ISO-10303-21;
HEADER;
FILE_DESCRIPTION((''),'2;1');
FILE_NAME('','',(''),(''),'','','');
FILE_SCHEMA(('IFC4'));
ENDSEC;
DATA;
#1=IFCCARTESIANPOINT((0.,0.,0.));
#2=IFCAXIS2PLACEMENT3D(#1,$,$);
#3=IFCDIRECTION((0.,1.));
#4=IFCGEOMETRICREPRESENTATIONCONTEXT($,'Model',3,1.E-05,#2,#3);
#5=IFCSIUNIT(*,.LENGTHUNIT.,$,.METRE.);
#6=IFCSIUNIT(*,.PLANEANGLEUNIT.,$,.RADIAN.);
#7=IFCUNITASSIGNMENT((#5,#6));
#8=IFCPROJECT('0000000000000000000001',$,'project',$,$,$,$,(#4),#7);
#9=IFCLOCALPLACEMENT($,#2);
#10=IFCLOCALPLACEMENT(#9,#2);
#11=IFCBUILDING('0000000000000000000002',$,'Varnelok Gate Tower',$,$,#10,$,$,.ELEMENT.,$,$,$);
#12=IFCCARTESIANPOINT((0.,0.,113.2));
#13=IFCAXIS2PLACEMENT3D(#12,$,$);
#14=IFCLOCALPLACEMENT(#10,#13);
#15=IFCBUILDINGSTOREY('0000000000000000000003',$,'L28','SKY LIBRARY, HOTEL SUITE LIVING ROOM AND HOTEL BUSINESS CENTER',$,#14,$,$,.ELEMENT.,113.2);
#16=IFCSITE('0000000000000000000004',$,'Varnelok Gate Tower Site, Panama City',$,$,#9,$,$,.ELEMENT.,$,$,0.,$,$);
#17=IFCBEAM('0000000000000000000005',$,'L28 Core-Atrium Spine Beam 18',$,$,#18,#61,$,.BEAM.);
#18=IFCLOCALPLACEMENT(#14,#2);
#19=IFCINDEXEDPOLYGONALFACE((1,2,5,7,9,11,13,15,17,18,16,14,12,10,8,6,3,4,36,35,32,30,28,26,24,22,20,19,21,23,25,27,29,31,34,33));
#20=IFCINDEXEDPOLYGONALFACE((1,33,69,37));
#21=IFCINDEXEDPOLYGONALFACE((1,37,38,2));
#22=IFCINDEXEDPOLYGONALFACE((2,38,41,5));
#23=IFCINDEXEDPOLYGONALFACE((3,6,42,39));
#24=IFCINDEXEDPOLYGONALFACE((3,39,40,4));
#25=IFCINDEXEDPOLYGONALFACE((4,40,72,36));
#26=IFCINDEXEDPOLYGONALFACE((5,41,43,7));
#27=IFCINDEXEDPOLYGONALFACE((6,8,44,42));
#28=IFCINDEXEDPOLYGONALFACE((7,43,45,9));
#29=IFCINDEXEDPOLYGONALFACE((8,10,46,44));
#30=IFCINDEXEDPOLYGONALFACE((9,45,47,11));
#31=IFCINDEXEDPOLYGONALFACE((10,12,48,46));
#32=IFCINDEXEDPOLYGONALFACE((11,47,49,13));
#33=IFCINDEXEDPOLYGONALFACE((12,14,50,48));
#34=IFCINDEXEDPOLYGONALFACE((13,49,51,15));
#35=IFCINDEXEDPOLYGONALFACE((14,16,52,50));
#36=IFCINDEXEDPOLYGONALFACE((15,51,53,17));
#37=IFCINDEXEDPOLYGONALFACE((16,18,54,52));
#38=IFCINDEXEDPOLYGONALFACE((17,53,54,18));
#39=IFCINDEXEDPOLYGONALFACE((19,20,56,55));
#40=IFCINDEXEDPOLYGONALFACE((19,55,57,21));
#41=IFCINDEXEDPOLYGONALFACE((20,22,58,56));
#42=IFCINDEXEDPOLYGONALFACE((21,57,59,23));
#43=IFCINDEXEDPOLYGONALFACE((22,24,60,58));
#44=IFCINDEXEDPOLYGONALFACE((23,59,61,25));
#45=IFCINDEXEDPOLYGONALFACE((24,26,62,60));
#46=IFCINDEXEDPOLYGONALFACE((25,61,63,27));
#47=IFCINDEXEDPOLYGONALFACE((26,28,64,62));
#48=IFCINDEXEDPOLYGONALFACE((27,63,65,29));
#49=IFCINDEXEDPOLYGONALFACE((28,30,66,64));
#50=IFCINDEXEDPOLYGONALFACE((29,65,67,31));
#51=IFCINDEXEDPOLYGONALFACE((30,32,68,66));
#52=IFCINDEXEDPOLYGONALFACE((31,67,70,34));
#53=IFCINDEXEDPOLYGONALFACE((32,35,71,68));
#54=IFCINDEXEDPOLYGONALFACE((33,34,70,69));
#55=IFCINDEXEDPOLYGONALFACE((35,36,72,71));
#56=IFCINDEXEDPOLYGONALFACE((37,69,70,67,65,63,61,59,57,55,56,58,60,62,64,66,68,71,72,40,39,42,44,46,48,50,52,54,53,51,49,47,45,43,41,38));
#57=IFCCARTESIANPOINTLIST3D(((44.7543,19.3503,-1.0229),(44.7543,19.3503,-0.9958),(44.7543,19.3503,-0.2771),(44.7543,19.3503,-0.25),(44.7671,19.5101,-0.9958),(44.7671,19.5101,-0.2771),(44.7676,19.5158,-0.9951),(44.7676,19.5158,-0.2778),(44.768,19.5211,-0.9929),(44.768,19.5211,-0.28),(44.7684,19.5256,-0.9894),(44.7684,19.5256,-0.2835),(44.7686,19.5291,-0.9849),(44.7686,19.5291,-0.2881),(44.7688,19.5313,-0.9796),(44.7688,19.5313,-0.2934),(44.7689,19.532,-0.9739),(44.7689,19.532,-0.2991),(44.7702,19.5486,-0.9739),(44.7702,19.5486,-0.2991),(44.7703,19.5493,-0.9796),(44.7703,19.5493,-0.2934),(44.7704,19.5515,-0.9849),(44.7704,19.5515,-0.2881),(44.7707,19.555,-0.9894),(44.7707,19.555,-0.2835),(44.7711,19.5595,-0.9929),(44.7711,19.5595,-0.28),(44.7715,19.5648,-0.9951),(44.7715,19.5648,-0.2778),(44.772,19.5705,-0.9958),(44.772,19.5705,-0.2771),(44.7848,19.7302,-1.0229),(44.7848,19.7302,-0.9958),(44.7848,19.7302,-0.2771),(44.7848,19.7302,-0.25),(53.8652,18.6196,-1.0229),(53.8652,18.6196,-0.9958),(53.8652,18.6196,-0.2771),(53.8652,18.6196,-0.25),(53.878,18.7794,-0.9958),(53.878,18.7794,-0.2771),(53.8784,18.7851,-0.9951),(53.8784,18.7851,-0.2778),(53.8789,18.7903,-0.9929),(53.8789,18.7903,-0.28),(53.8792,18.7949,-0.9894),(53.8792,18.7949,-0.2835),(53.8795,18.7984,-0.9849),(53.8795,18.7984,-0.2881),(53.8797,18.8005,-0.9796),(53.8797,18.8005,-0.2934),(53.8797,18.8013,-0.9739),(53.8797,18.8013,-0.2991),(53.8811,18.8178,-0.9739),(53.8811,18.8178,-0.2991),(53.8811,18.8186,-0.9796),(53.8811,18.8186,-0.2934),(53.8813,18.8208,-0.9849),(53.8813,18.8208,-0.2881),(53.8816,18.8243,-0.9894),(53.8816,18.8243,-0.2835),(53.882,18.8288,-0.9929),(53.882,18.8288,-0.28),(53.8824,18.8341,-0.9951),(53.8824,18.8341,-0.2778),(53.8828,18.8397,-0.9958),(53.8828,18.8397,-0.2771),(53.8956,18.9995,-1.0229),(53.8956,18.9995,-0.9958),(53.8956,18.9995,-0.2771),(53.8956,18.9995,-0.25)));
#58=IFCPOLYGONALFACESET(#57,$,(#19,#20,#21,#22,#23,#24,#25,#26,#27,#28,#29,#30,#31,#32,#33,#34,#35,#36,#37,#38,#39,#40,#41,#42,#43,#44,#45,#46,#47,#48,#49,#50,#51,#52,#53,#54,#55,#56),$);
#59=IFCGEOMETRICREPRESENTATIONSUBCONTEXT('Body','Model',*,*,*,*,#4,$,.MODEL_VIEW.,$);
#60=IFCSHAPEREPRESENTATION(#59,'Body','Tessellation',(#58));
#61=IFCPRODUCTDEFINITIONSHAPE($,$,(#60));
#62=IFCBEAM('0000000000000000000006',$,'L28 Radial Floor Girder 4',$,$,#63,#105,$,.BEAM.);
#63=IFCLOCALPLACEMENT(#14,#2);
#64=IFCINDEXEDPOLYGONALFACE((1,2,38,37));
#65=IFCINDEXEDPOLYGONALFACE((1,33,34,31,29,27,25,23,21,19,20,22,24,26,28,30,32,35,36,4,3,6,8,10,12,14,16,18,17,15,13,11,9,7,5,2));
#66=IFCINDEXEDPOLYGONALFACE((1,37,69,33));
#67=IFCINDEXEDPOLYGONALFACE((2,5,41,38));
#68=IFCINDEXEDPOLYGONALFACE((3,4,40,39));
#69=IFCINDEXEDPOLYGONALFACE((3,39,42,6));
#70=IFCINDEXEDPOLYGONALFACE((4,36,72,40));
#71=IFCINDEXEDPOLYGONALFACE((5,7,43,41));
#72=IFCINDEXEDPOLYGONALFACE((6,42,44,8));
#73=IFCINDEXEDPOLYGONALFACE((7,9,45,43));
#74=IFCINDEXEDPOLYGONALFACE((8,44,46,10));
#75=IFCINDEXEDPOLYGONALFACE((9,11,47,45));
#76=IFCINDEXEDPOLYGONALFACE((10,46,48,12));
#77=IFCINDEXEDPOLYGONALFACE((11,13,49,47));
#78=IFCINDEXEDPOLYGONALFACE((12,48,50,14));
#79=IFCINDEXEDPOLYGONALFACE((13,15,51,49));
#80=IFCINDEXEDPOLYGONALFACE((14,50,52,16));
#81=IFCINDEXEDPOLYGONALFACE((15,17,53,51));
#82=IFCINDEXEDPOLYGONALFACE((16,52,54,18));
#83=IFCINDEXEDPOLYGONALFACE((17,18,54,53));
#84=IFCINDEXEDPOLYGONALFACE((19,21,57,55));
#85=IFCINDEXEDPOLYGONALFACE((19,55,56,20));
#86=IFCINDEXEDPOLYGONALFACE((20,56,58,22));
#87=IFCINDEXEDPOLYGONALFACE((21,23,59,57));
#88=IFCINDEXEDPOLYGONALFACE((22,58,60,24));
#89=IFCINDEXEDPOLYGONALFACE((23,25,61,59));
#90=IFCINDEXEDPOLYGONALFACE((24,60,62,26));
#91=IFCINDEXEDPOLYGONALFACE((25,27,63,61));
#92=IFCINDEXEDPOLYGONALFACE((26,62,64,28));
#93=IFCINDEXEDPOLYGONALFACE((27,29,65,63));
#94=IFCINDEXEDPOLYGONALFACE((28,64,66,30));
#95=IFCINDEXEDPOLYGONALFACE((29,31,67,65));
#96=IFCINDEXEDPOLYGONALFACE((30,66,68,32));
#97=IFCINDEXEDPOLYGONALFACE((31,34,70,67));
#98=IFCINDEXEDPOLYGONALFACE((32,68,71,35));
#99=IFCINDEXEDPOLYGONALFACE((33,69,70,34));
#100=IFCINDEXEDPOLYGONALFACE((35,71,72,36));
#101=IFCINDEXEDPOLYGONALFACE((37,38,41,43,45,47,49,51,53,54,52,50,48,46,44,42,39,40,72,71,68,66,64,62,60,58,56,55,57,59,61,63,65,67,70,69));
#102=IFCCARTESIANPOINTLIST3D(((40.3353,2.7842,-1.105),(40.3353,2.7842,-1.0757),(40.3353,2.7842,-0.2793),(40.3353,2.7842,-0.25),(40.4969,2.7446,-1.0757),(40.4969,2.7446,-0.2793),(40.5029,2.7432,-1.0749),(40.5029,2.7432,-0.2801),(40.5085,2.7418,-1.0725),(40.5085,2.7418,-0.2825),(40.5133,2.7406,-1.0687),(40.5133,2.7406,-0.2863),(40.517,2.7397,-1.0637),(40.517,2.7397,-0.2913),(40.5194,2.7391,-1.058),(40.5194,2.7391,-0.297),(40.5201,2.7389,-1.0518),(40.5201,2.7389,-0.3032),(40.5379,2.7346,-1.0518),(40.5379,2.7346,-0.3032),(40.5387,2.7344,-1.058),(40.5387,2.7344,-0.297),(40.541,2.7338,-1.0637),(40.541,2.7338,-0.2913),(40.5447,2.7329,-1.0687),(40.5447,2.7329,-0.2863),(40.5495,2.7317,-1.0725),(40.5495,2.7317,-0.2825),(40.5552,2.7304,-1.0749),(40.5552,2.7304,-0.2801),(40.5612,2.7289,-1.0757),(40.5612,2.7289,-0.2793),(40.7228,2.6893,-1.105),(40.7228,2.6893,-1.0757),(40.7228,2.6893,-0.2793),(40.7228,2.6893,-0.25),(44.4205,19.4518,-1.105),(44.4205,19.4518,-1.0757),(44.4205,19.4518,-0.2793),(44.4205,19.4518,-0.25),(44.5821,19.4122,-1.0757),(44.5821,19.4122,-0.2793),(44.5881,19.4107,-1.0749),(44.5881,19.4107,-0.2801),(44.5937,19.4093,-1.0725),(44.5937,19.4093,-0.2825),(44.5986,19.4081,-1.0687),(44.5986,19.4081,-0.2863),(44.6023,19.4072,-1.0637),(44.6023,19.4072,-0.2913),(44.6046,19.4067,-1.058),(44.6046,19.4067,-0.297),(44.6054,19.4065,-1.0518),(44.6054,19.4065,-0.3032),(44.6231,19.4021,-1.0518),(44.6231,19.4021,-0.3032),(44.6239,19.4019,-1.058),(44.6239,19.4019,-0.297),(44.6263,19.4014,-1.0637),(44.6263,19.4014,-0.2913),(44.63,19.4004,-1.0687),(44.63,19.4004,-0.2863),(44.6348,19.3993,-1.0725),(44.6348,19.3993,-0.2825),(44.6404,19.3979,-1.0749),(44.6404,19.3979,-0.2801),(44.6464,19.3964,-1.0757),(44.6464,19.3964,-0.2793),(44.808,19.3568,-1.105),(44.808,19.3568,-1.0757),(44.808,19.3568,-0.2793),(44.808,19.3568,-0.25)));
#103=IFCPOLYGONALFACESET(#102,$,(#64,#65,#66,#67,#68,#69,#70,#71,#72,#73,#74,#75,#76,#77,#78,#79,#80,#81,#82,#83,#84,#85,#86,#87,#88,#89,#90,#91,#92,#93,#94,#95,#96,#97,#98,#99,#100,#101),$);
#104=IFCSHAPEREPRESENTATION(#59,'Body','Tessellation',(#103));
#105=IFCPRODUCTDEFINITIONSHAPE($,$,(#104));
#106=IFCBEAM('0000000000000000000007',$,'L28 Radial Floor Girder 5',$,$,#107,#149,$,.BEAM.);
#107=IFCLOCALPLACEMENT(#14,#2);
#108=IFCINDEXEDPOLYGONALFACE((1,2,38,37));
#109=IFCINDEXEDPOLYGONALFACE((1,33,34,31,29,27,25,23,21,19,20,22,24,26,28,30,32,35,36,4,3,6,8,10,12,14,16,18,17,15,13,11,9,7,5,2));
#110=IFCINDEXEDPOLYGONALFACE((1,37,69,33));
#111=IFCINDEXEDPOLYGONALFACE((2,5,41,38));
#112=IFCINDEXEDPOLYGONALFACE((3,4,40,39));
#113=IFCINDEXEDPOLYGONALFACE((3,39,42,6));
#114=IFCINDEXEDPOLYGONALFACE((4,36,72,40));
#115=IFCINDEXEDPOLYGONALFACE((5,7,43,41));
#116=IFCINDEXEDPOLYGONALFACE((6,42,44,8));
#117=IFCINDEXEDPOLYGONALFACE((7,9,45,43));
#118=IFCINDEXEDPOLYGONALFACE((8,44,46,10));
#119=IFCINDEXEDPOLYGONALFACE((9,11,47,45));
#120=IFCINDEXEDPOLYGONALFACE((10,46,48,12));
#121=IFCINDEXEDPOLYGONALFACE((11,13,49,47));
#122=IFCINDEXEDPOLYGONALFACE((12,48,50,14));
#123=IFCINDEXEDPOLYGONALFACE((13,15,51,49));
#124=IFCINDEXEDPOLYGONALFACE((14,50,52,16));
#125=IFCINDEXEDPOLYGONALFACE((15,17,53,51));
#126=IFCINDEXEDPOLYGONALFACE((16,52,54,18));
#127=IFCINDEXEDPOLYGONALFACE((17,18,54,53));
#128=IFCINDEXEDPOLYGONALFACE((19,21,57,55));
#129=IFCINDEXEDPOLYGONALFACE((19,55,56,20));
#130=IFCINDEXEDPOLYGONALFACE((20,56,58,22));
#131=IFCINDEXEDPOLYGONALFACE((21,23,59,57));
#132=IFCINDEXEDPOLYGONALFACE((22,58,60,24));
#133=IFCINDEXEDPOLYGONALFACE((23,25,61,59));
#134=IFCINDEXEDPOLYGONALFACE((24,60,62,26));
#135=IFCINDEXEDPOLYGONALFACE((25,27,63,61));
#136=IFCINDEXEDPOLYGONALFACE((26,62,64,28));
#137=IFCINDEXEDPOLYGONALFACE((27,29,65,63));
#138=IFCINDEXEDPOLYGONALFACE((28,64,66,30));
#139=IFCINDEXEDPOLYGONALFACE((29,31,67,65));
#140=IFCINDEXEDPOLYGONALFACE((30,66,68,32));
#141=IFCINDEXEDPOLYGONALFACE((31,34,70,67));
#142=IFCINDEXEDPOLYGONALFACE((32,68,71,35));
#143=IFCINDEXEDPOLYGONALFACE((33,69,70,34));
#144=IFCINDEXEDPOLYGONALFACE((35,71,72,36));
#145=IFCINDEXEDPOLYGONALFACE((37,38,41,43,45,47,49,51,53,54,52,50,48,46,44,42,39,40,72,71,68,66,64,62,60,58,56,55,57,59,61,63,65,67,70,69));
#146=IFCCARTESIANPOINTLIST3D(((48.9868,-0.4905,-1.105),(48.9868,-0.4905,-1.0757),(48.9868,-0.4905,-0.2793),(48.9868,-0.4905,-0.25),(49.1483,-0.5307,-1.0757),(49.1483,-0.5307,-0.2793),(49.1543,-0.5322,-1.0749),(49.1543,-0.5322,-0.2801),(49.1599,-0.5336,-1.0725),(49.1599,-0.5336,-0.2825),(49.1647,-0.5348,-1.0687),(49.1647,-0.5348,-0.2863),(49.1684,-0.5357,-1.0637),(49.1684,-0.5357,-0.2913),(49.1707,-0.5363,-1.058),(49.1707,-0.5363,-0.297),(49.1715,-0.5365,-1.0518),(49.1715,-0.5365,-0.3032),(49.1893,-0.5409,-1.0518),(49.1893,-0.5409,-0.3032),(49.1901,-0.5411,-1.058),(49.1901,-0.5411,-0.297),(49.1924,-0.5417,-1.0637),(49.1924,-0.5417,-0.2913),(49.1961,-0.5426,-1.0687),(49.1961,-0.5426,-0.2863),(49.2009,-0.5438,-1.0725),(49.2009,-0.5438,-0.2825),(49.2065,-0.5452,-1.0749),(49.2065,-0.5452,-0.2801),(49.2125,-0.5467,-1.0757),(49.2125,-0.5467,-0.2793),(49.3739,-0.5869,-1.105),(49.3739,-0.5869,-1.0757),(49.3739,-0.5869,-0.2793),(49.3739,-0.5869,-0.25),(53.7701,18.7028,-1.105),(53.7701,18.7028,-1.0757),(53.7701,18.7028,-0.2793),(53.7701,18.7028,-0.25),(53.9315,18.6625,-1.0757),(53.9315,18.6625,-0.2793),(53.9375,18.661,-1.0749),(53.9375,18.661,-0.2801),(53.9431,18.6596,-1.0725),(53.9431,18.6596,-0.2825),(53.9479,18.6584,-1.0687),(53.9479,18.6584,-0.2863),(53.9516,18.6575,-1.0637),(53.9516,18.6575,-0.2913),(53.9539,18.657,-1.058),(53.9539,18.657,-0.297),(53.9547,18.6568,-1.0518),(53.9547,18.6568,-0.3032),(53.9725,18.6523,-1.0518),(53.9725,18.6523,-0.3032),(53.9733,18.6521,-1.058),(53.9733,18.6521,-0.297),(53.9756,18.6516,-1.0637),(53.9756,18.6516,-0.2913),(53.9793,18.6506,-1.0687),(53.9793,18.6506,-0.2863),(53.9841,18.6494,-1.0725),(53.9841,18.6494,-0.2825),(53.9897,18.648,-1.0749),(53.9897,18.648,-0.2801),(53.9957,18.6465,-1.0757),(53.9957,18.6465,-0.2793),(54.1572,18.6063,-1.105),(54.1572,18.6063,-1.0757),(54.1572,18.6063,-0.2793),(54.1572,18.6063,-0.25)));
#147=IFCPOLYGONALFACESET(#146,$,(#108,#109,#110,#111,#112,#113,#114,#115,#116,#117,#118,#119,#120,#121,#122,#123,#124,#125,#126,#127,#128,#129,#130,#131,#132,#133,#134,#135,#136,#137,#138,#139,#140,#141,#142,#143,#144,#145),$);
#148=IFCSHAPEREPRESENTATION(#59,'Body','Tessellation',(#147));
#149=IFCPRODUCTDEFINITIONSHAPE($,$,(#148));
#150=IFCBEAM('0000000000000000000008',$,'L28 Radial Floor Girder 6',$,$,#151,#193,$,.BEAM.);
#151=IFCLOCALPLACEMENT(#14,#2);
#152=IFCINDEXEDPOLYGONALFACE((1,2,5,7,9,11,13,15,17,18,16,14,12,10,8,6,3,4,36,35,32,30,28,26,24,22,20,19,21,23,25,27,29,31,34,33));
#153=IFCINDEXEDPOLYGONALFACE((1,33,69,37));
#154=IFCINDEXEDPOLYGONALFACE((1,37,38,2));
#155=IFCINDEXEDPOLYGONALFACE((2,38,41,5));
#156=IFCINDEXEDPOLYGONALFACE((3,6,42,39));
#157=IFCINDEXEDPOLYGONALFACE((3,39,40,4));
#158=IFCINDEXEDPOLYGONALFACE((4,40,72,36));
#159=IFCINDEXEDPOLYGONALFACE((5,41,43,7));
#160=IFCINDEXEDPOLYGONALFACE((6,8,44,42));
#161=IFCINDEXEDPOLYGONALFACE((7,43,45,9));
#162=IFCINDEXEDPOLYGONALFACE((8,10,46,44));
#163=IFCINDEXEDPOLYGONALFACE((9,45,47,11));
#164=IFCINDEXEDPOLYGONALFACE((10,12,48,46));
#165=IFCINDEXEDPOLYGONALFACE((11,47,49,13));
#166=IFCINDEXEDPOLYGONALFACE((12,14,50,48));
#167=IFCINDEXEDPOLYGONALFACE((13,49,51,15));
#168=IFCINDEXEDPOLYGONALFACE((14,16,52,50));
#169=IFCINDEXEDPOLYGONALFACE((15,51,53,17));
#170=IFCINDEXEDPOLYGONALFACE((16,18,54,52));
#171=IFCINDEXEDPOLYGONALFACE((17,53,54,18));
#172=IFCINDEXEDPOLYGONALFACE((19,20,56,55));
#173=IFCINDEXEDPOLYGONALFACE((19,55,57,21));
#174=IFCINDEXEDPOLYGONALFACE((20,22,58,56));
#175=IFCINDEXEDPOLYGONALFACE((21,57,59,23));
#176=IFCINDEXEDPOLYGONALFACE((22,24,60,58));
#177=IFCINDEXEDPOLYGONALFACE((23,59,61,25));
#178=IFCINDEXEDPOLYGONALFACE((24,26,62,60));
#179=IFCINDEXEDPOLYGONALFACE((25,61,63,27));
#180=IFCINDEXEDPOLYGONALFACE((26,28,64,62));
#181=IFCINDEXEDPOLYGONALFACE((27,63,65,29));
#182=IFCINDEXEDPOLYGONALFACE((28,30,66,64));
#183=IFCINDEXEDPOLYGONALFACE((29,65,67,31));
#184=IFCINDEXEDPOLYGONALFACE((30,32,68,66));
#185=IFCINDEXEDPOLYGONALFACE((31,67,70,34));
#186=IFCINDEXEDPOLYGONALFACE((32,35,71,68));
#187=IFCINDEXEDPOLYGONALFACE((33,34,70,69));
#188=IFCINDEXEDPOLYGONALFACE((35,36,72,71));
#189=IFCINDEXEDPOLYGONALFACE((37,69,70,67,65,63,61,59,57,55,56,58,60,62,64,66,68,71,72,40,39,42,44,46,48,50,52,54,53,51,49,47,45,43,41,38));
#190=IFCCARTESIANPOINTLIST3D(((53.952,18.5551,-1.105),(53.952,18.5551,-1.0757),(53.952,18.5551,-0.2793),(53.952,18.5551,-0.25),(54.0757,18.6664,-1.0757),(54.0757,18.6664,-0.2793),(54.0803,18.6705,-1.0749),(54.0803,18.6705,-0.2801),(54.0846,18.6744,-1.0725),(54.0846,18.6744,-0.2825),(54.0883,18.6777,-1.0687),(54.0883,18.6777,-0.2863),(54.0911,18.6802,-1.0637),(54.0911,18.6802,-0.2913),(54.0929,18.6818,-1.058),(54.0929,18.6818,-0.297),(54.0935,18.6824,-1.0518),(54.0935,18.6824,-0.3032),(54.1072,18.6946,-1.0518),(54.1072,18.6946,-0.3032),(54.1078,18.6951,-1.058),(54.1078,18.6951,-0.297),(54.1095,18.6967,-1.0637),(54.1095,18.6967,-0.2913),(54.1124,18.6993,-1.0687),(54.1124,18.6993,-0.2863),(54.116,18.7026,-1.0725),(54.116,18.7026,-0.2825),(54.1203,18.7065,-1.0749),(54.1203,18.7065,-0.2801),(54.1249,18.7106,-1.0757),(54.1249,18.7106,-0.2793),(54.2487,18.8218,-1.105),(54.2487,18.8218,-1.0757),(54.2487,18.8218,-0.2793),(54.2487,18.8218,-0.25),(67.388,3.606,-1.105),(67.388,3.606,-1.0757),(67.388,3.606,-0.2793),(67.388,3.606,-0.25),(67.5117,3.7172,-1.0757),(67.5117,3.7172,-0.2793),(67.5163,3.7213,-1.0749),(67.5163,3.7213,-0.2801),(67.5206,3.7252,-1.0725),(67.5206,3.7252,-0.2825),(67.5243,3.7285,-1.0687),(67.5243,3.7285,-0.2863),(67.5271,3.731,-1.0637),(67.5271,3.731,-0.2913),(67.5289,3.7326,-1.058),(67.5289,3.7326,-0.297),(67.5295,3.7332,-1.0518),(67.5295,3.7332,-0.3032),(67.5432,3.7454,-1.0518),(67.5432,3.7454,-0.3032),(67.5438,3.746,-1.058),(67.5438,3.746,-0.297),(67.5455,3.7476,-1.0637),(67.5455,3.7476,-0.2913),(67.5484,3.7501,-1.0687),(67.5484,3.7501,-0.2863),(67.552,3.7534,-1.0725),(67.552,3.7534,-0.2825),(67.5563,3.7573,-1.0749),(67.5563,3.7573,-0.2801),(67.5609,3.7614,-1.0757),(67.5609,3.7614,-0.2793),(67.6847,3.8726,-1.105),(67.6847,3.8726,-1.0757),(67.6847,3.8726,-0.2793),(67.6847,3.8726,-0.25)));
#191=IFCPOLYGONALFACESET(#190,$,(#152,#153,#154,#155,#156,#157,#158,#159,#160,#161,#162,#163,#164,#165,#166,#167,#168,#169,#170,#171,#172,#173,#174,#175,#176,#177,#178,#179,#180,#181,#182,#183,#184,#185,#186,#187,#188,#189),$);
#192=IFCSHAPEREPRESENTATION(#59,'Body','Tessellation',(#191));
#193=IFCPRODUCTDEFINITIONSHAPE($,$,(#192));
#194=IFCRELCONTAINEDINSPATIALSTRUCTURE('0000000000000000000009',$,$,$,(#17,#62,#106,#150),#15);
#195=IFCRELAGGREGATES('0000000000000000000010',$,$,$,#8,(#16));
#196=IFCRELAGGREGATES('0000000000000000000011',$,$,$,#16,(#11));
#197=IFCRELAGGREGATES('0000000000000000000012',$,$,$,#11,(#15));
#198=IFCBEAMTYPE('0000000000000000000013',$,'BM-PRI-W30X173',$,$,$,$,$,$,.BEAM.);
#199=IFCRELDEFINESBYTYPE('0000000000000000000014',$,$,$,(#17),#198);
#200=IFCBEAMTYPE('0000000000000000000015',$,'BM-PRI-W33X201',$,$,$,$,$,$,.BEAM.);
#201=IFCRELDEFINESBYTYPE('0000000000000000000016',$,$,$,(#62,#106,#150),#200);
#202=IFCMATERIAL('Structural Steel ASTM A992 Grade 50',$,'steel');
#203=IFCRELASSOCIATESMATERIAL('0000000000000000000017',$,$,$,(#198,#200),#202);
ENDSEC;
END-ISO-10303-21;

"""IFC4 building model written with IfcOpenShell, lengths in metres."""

from ifc_helpers import new_model, si_unit, direction, frame, origin, origin_2d, place, context, subcontext, project, spatial, i_section, extrude, material, material_profile, profile_set, type_object, element, save


model = new_model("IFC4")

# Units and contexts
model_context = context("Model", 3, precision=1e-05, world=origin(), true_north=direction((0.0, 1.0)))
body_context = subcontext(model_context, "Body", "Model", "MODEL_VIEW")
ifc_project = project(units=[si_unit("LENGTHUNIT", "METRE"), si_unit("PLANEANGLEUNIT", "RADIAN")], contexts=[model_context])

# Site, building, storey
site_placement = place(None, origin())
site = spatial("IfcSite", under=ifc_project, at=site_placement, Name="Varnelok Gate Tower Site, Panama City", CompositionType="ELEMENT", RefElevation=0.0)
building_placement = place(site_placement, origin())
building = spatial("IfcBuilding", under=site, at=building_placement, Name="Varnelok Gate Tower", CompositionType="ELEMENT")
storey_placement = place(building_placement, frame((0.0, 0.0, 113.2)))
storey = spatial("IfcBuildingStorey", under=building, at=storey_placement, Name="L28", Description="SKY LIBRARY, HOTEL SUITE LIVING ROOM AND HOTEL BUSINESS CENTER", CompositionType="ELEMENT", Elevation=113.2)

# Shared definitions
ifc_material_1 = material(Name="Structural Steel ASTM A992 Grade 50", Category="steel")

# Beams
ifc_material_profile_1 = material_profile(ifc_material_1, i_section(OverallWidth=0.3811, OverallDepth=0.7729, WebThickness=0.0166, FlangeThickness=0.0271, FilletRadius=0.022, at=origin_2d()), Name="W30X173")
ifc_profile_set_1 = profile_set([ifc_material_profile_1], Name="Structural Steel ASTM A992 Grade 50")
beam_type_1 = type_object("IfcBeamType", Name="BM-PRI-W30X173", PredefinedType="BEAM", material=ifc_profile_set_1)
beam_1_placement = place(storey_placement, frame((44.7695, 19.5403, -0.6365), z_axis=(0.996799, -0.079946, 0.0), x_axis=(0.079946, 0.996799, 0.0)))
element("IfcBeam", 1, at=beam_1_placement, inside=storey, type_object=beam_type_1, Name="L28 Core-Atrium Spine Beam 18", PredefinedType="BEAM", context=body_context, shape_type="SweptSolid", body=[
    extrude(i_section(OverallWidth=0.3811, OverallDepth=0.7729, WebThickness=0.0166, FlangeThickness=0.0271, FilletRadius=0.022, at=origin_2d()), origin(), (0.0, 0.0, 1.0), 9.1401),
])
ifc_material_profile_2 = material_profile(ifc_material_1, i_section(OverallWidth=0.3989, OverallDepth=0.855, WebThickness=0.0183, FlangeThickness=0.0293, FilletRadius=0.0239, at=origin_2d()), Name="W33X201")
ifc_profile_set_2 = profile_set([ifc_material_profile_2], Name="Structural Steel ASTM A992 Grade 50")
beam_type_2 = type_object("IfcBeamType", Name="BM-PRI-W33X201", PredefinedType="BEAM", material=ifc_profile_set_2)
beam_2_placement = place(storey_placement, frame((44.6143, 19.4043, -0.6775), z_axis=(-0.238054, -0.971252, 0.0), x_axis=(0.971252, -0.238054, 0.0)))
element("IfcBeam", 2, at=beam_2_placement, inside=storey, type_object=beam_type_2, Name="L28 Radial Floor Girder 4", PredefinedType="BEAM", context=body_context, shape_type="SweptSolid", body=[
    extrude(i_section(OverallWidth=0.3989, OverallDepth=0.855, WebThickness=0.0183, FlangeThickness=0.0293, FilletRadius=0.0239, at=origin_2d()), origin(), (0.0, 0.0, 1.0), 17.1609),
])
beam_3_placement = place(storey_placement, frame((53.9636, 18.6545, -0.6775), z_axis=(-0.241818, -0.970322, 0.0), x_axis=(0.970322, -0.241818, 0.0)))
element("IfcBeam", 3, at=beam_3_placement, inside=storey, type_object=beam_type_2, Name="L28 Radial Floor Girder 5", PredefinedType="BEAM", context=body_context, shape_type="SweptSolid", body=[
    extrude(i_section(OverallWidth=0.3989, OverallDepth=0.855, WebThickness=0.0183, FlangeThickness=0.0293, FilletRadius=0.0239, at=origin_2d()), origin(), (0.0, 0.0, 1.0), 19.7803),
])
beam_4_placement = place(storey_placement, frame((54.1003, 18.6885, -0.6775), z_axis=(0.668463, -0.743746, 0.0), x_axis=(0.743746, 0.668463, 0.0)))
element("IfcBeam", 4, at=beam_4_placement, inside=storey, type_object=beam_type_2, Name="L28 Radial Floor Girder 6", PredefinedType="BEAM", context=body_context, shape_type="SweptSolid", body=[
    extrude(i_section(OverallWidth=0.3989, OverallDepth=0.855, WebThickness=0.0183, FlangeThickness=0.0293, FilletRadius=0.0239, at=origin_2d()), origin(), (0.0, 0.0, 1.0), 20.0999),
])

save(model, "model.ifc")
